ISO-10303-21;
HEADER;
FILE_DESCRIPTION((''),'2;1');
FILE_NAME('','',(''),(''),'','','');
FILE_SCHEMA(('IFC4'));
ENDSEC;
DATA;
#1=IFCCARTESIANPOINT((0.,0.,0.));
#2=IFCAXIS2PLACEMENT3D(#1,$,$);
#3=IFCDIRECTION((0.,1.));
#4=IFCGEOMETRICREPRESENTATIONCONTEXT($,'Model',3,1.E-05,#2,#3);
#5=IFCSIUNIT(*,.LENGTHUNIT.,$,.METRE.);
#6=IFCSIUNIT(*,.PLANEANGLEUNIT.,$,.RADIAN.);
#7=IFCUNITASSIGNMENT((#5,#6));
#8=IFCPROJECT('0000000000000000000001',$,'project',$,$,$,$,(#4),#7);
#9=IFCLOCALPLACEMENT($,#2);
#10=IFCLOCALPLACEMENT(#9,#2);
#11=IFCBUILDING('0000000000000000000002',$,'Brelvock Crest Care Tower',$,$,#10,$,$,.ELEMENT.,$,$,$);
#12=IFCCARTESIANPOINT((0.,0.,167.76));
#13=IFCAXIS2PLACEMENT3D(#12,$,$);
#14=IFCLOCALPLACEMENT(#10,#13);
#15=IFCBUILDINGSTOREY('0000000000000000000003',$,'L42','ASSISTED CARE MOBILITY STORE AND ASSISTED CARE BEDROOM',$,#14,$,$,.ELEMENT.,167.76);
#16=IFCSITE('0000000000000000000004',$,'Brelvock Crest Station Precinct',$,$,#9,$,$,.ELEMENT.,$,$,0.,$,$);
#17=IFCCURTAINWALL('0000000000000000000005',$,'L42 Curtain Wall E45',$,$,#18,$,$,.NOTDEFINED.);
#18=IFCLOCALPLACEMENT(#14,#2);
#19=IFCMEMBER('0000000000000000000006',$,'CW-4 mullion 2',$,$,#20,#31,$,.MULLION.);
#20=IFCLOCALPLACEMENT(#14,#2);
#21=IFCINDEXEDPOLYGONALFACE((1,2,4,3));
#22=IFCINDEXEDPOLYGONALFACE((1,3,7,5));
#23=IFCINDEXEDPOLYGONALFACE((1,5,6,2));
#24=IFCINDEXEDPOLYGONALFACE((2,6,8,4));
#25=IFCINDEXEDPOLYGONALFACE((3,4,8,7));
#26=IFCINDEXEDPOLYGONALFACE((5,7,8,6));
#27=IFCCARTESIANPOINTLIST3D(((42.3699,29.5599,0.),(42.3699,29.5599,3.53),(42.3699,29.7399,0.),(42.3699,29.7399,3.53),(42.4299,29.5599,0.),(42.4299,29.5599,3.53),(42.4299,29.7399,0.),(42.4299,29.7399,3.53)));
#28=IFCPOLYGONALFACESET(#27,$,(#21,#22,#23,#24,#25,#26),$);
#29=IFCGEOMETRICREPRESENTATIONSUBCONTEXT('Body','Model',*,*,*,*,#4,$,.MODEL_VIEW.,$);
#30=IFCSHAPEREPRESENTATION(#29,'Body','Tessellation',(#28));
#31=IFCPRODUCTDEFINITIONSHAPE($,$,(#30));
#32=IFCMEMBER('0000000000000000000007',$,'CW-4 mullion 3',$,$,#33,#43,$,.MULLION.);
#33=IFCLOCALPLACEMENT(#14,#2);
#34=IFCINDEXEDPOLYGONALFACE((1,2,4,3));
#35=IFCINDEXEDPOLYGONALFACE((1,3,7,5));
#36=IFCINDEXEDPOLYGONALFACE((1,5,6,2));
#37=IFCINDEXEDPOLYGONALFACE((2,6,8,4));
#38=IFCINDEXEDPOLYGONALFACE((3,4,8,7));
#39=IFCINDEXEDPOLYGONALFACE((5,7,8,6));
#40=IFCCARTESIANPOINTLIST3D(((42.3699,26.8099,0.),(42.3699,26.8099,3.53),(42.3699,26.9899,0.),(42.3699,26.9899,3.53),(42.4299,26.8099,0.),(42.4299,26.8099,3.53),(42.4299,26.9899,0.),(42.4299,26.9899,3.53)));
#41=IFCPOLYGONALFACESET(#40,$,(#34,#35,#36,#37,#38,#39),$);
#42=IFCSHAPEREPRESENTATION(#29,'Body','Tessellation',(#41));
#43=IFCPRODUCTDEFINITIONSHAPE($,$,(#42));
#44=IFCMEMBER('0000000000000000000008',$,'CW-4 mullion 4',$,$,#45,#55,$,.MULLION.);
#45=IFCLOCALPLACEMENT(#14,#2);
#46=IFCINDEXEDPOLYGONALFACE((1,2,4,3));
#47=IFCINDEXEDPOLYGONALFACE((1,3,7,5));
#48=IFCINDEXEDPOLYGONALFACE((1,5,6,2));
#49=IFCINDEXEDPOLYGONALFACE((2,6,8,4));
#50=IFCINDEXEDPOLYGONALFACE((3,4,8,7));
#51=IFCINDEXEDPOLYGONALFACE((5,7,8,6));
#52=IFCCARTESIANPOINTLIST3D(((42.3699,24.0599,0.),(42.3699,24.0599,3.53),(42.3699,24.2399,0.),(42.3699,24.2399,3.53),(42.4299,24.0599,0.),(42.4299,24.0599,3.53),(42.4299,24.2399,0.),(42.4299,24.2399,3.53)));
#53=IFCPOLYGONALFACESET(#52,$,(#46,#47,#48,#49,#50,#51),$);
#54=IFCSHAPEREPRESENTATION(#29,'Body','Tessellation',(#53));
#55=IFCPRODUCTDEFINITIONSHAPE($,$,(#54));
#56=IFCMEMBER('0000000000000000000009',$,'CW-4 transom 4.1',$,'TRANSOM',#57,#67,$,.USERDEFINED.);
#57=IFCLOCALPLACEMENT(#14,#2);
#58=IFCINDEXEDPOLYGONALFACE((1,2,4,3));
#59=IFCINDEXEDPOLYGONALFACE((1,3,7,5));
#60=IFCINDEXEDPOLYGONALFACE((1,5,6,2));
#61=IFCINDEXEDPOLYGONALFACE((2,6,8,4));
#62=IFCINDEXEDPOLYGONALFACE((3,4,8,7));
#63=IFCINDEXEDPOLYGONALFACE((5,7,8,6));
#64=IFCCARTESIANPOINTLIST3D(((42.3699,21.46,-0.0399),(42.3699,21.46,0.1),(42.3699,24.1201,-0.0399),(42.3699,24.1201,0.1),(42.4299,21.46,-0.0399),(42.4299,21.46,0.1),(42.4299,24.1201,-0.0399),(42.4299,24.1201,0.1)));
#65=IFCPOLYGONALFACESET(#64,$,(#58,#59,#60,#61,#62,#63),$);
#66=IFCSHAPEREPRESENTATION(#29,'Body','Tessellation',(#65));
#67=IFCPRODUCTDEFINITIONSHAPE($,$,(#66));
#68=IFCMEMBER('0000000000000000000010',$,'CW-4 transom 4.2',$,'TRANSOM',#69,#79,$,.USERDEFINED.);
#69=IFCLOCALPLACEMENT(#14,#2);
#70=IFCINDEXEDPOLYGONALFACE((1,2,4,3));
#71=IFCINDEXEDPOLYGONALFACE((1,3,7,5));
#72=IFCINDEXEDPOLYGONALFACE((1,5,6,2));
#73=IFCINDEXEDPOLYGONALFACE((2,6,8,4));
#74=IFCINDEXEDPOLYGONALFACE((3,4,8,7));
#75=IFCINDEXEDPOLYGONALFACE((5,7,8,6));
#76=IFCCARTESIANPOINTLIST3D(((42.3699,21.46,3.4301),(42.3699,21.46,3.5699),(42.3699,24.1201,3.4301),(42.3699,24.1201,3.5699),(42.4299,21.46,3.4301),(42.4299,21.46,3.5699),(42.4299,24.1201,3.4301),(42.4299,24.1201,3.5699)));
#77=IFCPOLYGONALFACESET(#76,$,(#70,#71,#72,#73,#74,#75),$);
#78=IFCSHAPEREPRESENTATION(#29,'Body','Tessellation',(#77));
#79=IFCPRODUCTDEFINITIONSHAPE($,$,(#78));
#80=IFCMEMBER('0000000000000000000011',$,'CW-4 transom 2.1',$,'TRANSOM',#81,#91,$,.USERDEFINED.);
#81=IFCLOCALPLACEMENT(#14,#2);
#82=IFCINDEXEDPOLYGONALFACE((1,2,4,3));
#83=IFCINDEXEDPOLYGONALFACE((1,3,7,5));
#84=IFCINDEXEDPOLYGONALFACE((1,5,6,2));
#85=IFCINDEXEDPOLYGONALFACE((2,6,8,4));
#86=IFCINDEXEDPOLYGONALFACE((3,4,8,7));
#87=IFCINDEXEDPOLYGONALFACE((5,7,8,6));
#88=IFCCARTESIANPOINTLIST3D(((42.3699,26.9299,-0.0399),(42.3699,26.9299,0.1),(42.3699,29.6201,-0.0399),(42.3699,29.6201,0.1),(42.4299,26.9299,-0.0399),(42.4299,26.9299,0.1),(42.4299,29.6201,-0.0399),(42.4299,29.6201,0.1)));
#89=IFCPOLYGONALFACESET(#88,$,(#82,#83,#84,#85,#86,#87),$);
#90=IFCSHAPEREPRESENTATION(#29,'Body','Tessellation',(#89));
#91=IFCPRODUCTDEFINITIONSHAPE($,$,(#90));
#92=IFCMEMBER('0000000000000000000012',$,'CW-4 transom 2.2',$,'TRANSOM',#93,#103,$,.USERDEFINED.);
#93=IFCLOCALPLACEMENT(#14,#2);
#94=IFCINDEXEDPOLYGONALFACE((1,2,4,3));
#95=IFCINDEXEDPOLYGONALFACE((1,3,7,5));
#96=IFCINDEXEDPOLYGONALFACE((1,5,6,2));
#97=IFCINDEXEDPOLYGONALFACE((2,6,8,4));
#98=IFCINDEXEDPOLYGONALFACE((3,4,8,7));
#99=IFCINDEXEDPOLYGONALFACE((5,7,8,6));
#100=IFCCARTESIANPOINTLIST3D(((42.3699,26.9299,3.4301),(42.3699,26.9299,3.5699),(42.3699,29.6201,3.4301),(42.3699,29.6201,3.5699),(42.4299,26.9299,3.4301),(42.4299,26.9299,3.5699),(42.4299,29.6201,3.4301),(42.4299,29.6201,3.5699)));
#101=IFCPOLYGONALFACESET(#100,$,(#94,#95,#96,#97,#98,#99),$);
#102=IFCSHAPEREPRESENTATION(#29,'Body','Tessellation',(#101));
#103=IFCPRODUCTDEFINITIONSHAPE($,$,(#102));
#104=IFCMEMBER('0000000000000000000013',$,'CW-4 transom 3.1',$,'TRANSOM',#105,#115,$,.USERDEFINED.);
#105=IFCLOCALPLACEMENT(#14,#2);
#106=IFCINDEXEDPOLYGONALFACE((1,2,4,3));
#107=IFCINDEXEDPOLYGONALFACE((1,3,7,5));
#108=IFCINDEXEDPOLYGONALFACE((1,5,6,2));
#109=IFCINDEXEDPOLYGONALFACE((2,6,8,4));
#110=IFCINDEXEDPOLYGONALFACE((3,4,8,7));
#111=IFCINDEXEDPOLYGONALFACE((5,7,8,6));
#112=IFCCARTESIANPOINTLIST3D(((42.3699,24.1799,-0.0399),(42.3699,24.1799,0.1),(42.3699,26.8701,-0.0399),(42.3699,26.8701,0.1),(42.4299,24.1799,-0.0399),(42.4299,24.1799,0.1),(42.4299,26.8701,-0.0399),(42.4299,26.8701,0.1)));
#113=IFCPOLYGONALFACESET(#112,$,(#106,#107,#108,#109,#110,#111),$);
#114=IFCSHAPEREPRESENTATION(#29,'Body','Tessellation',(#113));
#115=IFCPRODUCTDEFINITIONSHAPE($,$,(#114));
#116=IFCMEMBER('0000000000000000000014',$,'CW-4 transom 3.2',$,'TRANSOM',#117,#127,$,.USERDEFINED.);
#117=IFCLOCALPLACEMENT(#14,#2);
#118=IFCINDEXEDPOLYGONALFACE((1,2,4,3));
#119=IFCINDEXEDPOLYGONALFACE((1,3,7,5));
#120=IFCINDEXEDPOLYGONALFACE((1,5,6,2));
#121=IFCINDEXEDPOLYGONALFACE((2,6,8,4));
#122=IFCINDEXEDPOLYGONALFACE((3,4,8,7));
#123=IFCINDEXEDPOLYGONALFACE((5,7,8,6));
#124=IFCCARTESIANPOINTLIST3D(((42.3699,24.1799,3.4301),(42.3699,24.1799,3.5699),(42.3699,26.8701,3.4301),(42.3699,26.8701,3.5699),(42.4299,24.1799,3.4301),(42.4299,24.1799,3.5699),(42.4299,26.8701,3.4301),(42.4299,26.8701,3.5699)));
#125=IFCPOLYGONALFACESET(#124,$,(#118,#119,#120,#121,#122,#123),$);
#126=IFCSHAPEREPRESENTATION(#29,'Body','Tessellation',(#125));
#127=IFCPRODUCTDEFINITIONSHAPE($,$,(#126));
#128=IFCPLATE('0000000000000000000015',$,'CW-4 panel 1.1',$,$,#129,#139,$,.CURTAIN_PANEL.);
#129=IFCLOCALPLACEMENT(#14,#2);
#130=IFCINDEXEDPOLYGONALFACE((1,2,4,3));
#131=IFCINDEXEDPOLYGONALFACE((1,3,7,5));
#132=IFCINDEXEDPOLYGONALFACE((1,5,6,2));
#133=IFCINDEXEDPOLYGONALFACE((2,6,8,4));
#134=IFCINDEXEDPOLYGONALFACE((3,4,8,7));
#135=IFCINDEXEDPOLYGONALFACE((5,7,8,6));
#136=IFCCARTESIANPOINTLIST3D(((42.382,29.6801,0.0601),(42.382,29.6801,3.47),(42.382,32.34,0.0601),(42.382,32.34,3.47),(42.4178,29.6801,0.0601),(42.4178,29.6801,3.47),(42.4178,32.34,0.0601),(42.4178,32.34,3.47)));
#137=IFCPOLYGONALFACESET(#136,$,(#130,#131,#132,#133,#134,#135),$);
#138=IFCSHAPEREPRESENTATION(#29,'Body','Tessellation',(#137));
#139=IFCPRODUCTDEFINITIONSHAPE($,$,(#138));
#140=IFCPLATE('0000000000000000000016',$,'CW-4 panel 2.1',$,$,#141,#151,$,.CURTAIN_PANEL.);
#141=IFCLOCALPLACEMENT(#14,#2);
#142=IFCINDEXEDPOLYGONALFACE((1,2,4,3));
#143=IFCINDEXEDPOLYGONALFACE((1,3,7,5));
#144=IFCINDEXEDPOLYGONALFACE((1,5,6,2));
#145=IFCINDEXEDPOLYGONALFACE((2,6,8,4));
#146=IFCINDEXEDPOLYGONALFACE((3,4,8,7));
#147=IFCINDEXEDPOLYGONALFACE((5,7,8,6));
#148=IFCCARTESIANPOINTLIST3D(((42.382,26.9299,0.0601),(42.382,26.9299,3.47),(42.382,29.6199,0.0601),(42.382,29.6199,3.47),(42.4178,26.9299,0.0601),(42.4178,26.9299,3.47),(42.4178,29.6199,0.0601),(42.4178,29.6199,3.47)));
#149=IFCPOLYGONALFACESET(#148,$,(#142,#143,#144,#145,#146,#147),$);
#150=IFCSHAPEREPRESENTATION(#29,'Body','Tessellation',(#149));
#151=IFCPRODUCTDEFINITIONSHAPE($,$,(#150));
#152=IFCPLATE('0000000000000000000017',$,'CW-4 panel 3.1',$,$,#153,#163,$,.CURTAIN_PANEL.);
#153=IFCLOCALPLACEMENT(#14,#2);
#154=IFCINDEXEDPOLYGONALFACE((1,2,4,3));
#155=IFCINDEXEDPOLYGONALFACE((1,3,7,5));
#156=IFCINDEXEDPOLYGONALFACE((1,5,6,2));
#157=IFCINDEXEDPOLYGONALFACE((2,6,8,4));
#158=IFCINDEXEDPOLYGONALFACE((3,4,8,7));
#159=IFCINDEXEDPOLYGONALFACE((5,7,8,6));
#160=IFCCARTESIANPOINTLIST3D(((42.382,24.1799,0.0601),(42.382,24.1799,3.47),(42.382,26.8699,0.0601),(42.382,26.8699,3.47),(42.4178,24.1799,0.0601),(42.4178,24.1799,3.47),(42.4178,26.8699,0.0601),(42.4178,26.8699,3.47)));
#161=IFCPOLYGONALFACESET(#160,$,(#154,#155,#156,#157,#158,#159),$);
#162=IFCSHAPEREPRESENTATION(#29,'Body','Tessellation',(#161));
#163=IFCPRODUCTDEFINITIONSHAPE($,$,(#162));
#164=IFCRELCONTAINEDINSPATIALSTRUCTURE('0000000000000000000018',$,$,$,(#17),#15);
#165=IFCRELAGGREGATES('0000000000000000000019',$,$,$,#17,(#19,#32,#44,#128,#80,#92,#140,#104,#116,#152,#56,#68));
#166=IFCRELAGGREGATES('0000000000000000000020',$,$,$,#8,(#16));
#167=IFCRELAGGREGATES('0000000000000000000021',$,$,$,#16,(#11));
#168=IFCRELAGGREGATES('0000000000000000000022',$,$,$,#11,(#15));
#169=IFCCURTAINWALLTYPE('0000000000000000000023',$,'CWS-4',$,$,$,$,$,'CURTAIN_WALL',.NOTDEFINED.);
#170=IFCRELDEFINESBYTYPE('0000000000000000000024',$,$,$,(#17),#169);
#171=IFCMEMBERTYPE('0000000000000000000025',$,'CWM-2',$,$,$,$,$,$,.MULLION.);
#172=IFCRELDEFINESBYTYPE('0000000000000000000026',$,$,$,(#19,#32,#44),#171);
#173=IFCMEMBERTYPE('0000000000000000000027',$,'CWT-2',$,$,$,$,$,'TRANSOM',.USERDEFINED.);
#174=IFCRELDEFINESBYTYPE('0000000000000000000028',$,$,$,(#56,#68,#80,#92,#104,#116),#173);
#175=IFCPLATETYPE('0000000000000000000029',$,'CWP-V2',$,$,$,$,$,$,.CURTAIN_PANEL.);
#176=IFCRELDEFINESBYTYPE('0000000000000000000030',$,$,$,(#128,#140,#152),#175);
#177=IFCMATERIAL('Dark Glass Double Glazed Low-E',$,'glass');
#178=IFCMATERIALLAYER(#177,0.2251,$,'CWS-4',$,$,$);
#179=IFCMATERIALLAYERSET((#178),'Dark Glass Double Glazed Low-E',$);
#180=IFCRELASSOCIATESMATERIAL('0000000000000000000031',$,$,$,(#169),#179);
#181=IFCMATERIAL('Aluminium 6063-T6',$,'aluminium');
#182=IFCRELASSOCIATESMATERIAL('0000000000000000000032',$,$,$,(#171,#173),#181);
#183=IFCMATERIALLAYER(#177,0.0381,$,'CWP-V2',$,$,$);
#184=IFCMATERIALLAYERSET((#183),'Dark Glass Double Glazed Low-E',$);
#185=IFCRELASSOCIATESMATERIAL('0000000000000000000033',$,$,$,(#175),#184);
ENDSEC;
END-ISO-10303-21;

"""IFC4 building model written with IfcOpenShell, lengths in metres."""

from ifc_helpers import new_model, si_unit, direction, frame, origin, origin_2d, place, context, subcontext, project, spatial, rectangle, extrude, source, transform, mapped, material, layer, layer_set, material_profile, profile_set, type_object, element, aggregate, save


model = new_model("IFC4")

# Units and contexts
model_context = context("Model", 3, precision=1e-05, world=origin(), true_north=direction((0.0, 1.0)))
body_context = subcontext(model_context, "Body", "Model", "MODEL_VIEW")
ifc_project = project(units=[si_unit("LENGTHUNIT", "METRE"), si_unit("PLANEANGLEUNIT", "RADIAN")], contexts=[model_context])

# Site, building, storey
site_placement = place(None, origin())
site = spatial("IfcSite", under=ifc_project, at=site_placement, Name="Brelvock Crest Station Precinct", CompositionType="ELEMENT", RefElevation=0.0)
building_placement = place(site_placement, origin())
building = spatial("IfcBuilding", under=site, at=building_placement, Name="Brelvock Crest Care Tower", CompositionType="ELEMENT")
storey_placement = place(building_placement, frame((0.0, 0.0, 167.76)))
storey = spatial("IfcBuildingStorey", under=building, at=storey_placement, Name="L42", Description="ASSISTED CARE MOBILITY STORE AND ASSISTED CARE BEDROOM", CompositionType="ELEMENT", Elevation=167.76)

# Curtain wall, members, plates
ifc_material_1 = material(Name="Dark Glass Double Glazed Low-E", Category="glass")
ifc_layer_1 = layer(ifc_material_1, 0.2251, Name="CWS-4")
ifc_layer_set_1 = layer_set([ifc_layer_1], Name="Dark Glass Double Glazed Low-E")
curtain_wall_type = type_object("IfcCurtainWallType", Name="CWS-4", ElementType="CURTAIN_WALL", PredefinedType="NOTDEFINED", material=ifc_layer_set_1)
curtain_wall_placement = place(storey_placement, origin())
curtain_wall = element("IfcCurtainWall", 1, at=curtain_wall_placement, inside=storey, type_object=curtain_wall_type, Name="L42 Curtain Wall E45", PredefinedType="NOTDEFINED")
ifc_material_2 = material(Name="Aluminium 6063-T6", Category="aluminium")
ifc_material_profile_1 = material_profile(ifc_material_2, rectangle(XDim=0.0601, YDim=0.1799, at=origin_2d()), Name="ALU60x180")
ifc_profile_set_1 = profile_set([ifc_material_profile_1], Name="Aluminium 6063-T6")
member_type_1 = type_object("IfcMemberType", Name="CWM-2", PredefinedType="MULLION", material=ifc_profile_set_1)
shared_shape_1 = source(origin(), body_context, "Body", "SweptSolid", [
    extrude(rectangle(XDim=0.0601, YDim=0.1799, at=origin_2d()), origin(), (0.0, 0.0, 1.0), 3.53),
])
member_1_placement = place(storey_placement, frame((42.3999, 29.6499, 0.0), z_axis=(0.0, 0.0, 1.0), x_axis=(1.0, 0.0, 0.0)))
member_1 = element("IfcMember", 2, at=member_1_placement, type_object=member_type_1, Name="CW-4 mullion 2", PredefinedType="MULLION", context=body_context, shape_type="MappedRepresentation", body=[
    mapped(shared_shape_1, transform((0.0, 0.0, 0.0), x_axis=(1.0, 0.0, 0.0), y_axis=(0.0, 1.0, 0.0), z_axis=(0.0, 0.0, 1.0), scale=1.0)),
])
member_2_placement = place(storey_placement, frame((42.3999, 26.8999, 0.0), z_axis=(0.0, 0.0, 1.0), x_axis=(1.0, 0.0, 0.0)))
member_2 = element("IfcMember", 3, at=member_2_placement, type_object=member_type_1, Name="CW-4 mullion 3", PredefinedType="MULLION", context=body_context, shape_type="MappedRepresentation", body=[
    mapped(shared_shape_1, transform((0.0, 0.0, 0.0), x_axis=(1.0, 0.0, 0.0), y_axis=(0.0, 1.0, 0.0), z_axis=(0.0, 0.0, 1.0), scale=1.0)),
])
member_3_placement = place(storey_placement, frame((42.3999, 24.1499, 0.0), z_axis=(0.0, 0.0, 1.0), x_axis=(1.0, 0.0, 0.0)))
member_3 = element("IfcMember", 4, at=member_3_placement, type_object=member_type_1, Name="CW-4 mullion 4", PredefinedType="MULLION", context=body_context, shape_type="MappedRepresentation", body=[
    mapped(shared_shape_1, transform((0.0, 0.0, 0.0), x_axis=(1.0, 0.0, 0.0), y_axis=(0.0, 1.0, 0.0), z_axis=(0.0, 0.0, 1.0), scale=1.0)),
])
ifc_material_profile_2 = material_profile(ifc_material_2, rectangle(XDim=0.0601, YDim=0.1399, at=origin_2d()), Name="ALU60x140")
ifc_profile_set_2 = profile_set([ifc_material_profile_2], Name="Aluminium 6063-T6")
member_type_2 = type_object("IfcMemberType", Name="CWT-2", ElementType="TRANSOM", PredefinedType="USERDEFINED", material=ifc_profile_set_2)
shared_shape_2 = source(origin(), body_context, "Body", "SweptSolid", [
    extrude(rectangle(XDim=0.0601, YDim=0.1399, at=origin_2d()), origin(), (0.0, 0.0, 1.0), 2.6602),
])
member_4_placement = place(storey_placement, frame((42.3999, 24.1201, 0.03), z_axis=(0.0, -1.0, 0.0), x_axis=(1.0, 0.0, 0.0)))
member_4 = element("IfcMember", 5, at=member_4_placement, type_object=member_type_2, Name="CW-4 transom 4.1", ObjectType="TRANSOM", PredefinedType="USERDEFINED", context=body_context, shape_type="MappedRepresentation", body=[
    mapped(shared_shape_2, transform((0.0, 0.0, 0.0), x_axis=(1.0, 0.0, 0.0), y_axis=(0.0, 1.0, 0.0), z_axis=(0.0, 0.0, 1.0), scale=1.0)),
])
member_5_placement = place(storey_placement, frame((42.3999, 24.1201, 3.5), z_axis=(0.0, -1.0, 0.0), x_axis=(1.0, 0.0, 0.0)))
member_5 = element("IfcMember", 6, at=member_5_placement, type_object=member_type_2, Name="CW-4 transom 4.2", ObjectType="TRANSOM", PredefinedType="USERDEFINED", context=body_context, shape_type="MappedRepresentation", body=[
    mapped(shared_shape_2, transform((0.0, 0.0, 0.0), x_axis=(1.0, 0.0, 0.0), y_axis=(0.0, 1.0, 0.0), z_axis=(0.0, 0.0, 1.0), scale=1.0)),
])
shared_shape_3 = source(origin(), body_context, "Body", "SweptSolid", [
    extrude(rectangle(XDim=0.0601, YDim=0.1399, at=origin_2d()), origin(), (0.0, 0.0, 1.0), 2.6902),
])
member_6_placement = place(storey_placement, frame((42.3999, 29.6201, 0.03), z_axis=(0.0, -1.0, 0.0), x_axis=(1.0, 0.0, 0.0)))
member_6 = element("IfcMember", 7, at=member_6_placement, type_object=member_type_2, Name="CW-4 transom 2.1", ObjectType="TRANSOM", PredefinedType="USERDEFINED", context=body_context, shape_type="MappedRepresentation", body=[
    mapped(shared_shape_3, transform((0.0, 0.0, 0.0), x_axis=(1.0, 0.0, 0.0), y_axis=(0.0, 1.0, 0.0), z_axis=(0.0, 0.0, 1.0), scale=1.0)),
])
member_7_placement = place(storey_placement, frame((42.3999, 29.6201, 3.5), z_axis=(0.0, -1.0, 0.0), x_axis=(1.0, 0.0, 0.0)))
member_7 = element("IfcMember", 8, at=member_7_placement, type_object=member_type_2, Name="CW-4 transom 2.2", ObjectType="TRANSOM", PredefinedType="USERDEFINED", context=body_context, shape_type="MappedRepresentation", body=[
    mapped(shared_shape_3, transform((0.0, 0.0, 0.0), x_axis=(1.0, 0.0, 0.0), y_axis=(0.0, 1.0, 0.0), z_axis=(0.0, 0.0, 1.0), scale=1.0)),
])
member_8_placement = place(storey_placement, frame((42.3999, 26.8701, 0.03), z_axis=(0.0, -1.0, 0.0), x_axis=(1.0, 0.0, 0.0)))
member_8 = element("IfcMember", 9, at=member_8_placement, type_object=member_type_2, Name="CW-4 transom 3.1", ObjectType="TRANSOM", PredefinedType="USERDEFINED", context=body_context, shape_type="MappedRepresentation", body=[
    mapped(shared_shape_3, transform((0.0, 0.0, 0.0), x_axis=(1.0, 0.0, 0.0), y_axis=(0.0, 1.0, 0.0), z_axis=(0.0, 0.0, 1.0), scale=1.0)),
])
member_9_placement = place(storey_placement, frame((42.3999, 26.8701, 3.5), z_axis=(0.0, -1.0, 0.0), x_axis=(1.0, 0.0, 0.0)))
member_9 = element("IfcMember", 10, at=member_9_placement, type_object=member_type_2, Name="CW-4 transom 3.2", ObjectType="TRANSOM", PredefinedType="USERDEFINED", context=body_context, shape_type="MappedRepresentation", body=[
    mapped(shared_shape_3, transform((0.0, 0.0, 0.0), x_axis=(1.0, 0.0, 0.0), y_axis=(0.0, 1.0, 0.0), z_axis=(0.0, 0.0, 1.0), scale=1.0)),
])
ifc_layer_2 = layer(ifc_material_1, 0.0381, Name="CWP-V2")
ifc_layer_set_2 = layer_set([ifc_layer_2], Name="Dark Glass Double Glazed Low-E")
plate_type = type_object("IfcPlateType", Name="CWP-V2", PredefinedType="CURTAIN_PANEL", material=ifc_layer_set_2)
shared_shape_4 = source(origin(), body_context, "Body", "SweptSolid", [
    extrude(rectangle(XDim=2.6599, YDim=0.0359, at=origin_2d()), origin(), (0.0, 0.0, 1.0), 3.4099),
])
plate_1_placement = place(storey_placement, frame((42.3999, 31.01, 0.0601), z_axis=(0.0, 0.0, 1.0), x_axis=(0.0, -1.0, 0.0)))
plate_1 = element("IfcPlate", 11, at=plate_1_placement, type_object=plate_type, Name="CW-4 panel 1.1", PredefinedType="CURTAIN_PANEL", context=body_context, shape_type="MappedRepresentation", body=[
    mapped(shared_shape_4, transform((0.0, 0.0, 0.0), x_axis=(1.0, 0.0, 0.0), y_axis=(0.0, 1.0, 0.0), z_axis=(0.0, 0.0, 1.0), scale=1.0)),
])
shared_shape_5 = source(origin(), body_context, "Body", "SweptSolid", [
    extrude(rectangle(XDim=2.6899, YDim=0.0359, at=origin_2d()), origin(), (0.0, 0.0, 1.0), 3.4099),
])
plate_2_placement = place(storey_placement, frame((42.3999, 28.2749, 0.0601), z_axis=(0.0, 0.0, 1.0), x_axis=(0.0, -1.0, 0.0)))
plate_2 = element("IfcPlate", 12, at=plate_2_placement, type_object=plate_type, Name="CW-4 panel 2.1", PredefinedType="CURTAIN_PANEL", context=body_context, shape_type="MappedRepresentation", body=[
    mapped(shared_shape_5, transform((0.0, 0.0, 0.0), x_axis=(1.0, 0.0, 0.0), y_axis=(0.0, 1.0, 0.0), z_axis=(0.0, 0.0, 1.0), scale=1.0)),
])
plate_3_placement = place(storey_placement, frame((42.3999, 25.5249, 0.0601), z_axis=(0.0, 0.0, 1.0), x_axis=(0.0, -1.0, 0.0)))
plate_3 = element("IfcPlate", 13, at=plate_3_placement, type_object=plate_type, Name="CW-4 panel 3.1", PredefinedType="CURTAIN_PANEL", context=body_context, shape_type="MappedRepresentation", body=[
    mapped(shared_shape_5, transform((0.0, 0.0, 0.0), x_axis=(1.0, 0.0, 0.0), y_axis=(0.0, 1.0, 0.0), z_axis=(0.0, 0.0, 1.0), scale=1.0)),
])
aggregate(curtain_wall, [member_1, member_2, member_3, plate_1, member_6, member_7, plate_2, member_8, member_9, plate_3, member_4, member_5])

save(model, "model.ifc")
